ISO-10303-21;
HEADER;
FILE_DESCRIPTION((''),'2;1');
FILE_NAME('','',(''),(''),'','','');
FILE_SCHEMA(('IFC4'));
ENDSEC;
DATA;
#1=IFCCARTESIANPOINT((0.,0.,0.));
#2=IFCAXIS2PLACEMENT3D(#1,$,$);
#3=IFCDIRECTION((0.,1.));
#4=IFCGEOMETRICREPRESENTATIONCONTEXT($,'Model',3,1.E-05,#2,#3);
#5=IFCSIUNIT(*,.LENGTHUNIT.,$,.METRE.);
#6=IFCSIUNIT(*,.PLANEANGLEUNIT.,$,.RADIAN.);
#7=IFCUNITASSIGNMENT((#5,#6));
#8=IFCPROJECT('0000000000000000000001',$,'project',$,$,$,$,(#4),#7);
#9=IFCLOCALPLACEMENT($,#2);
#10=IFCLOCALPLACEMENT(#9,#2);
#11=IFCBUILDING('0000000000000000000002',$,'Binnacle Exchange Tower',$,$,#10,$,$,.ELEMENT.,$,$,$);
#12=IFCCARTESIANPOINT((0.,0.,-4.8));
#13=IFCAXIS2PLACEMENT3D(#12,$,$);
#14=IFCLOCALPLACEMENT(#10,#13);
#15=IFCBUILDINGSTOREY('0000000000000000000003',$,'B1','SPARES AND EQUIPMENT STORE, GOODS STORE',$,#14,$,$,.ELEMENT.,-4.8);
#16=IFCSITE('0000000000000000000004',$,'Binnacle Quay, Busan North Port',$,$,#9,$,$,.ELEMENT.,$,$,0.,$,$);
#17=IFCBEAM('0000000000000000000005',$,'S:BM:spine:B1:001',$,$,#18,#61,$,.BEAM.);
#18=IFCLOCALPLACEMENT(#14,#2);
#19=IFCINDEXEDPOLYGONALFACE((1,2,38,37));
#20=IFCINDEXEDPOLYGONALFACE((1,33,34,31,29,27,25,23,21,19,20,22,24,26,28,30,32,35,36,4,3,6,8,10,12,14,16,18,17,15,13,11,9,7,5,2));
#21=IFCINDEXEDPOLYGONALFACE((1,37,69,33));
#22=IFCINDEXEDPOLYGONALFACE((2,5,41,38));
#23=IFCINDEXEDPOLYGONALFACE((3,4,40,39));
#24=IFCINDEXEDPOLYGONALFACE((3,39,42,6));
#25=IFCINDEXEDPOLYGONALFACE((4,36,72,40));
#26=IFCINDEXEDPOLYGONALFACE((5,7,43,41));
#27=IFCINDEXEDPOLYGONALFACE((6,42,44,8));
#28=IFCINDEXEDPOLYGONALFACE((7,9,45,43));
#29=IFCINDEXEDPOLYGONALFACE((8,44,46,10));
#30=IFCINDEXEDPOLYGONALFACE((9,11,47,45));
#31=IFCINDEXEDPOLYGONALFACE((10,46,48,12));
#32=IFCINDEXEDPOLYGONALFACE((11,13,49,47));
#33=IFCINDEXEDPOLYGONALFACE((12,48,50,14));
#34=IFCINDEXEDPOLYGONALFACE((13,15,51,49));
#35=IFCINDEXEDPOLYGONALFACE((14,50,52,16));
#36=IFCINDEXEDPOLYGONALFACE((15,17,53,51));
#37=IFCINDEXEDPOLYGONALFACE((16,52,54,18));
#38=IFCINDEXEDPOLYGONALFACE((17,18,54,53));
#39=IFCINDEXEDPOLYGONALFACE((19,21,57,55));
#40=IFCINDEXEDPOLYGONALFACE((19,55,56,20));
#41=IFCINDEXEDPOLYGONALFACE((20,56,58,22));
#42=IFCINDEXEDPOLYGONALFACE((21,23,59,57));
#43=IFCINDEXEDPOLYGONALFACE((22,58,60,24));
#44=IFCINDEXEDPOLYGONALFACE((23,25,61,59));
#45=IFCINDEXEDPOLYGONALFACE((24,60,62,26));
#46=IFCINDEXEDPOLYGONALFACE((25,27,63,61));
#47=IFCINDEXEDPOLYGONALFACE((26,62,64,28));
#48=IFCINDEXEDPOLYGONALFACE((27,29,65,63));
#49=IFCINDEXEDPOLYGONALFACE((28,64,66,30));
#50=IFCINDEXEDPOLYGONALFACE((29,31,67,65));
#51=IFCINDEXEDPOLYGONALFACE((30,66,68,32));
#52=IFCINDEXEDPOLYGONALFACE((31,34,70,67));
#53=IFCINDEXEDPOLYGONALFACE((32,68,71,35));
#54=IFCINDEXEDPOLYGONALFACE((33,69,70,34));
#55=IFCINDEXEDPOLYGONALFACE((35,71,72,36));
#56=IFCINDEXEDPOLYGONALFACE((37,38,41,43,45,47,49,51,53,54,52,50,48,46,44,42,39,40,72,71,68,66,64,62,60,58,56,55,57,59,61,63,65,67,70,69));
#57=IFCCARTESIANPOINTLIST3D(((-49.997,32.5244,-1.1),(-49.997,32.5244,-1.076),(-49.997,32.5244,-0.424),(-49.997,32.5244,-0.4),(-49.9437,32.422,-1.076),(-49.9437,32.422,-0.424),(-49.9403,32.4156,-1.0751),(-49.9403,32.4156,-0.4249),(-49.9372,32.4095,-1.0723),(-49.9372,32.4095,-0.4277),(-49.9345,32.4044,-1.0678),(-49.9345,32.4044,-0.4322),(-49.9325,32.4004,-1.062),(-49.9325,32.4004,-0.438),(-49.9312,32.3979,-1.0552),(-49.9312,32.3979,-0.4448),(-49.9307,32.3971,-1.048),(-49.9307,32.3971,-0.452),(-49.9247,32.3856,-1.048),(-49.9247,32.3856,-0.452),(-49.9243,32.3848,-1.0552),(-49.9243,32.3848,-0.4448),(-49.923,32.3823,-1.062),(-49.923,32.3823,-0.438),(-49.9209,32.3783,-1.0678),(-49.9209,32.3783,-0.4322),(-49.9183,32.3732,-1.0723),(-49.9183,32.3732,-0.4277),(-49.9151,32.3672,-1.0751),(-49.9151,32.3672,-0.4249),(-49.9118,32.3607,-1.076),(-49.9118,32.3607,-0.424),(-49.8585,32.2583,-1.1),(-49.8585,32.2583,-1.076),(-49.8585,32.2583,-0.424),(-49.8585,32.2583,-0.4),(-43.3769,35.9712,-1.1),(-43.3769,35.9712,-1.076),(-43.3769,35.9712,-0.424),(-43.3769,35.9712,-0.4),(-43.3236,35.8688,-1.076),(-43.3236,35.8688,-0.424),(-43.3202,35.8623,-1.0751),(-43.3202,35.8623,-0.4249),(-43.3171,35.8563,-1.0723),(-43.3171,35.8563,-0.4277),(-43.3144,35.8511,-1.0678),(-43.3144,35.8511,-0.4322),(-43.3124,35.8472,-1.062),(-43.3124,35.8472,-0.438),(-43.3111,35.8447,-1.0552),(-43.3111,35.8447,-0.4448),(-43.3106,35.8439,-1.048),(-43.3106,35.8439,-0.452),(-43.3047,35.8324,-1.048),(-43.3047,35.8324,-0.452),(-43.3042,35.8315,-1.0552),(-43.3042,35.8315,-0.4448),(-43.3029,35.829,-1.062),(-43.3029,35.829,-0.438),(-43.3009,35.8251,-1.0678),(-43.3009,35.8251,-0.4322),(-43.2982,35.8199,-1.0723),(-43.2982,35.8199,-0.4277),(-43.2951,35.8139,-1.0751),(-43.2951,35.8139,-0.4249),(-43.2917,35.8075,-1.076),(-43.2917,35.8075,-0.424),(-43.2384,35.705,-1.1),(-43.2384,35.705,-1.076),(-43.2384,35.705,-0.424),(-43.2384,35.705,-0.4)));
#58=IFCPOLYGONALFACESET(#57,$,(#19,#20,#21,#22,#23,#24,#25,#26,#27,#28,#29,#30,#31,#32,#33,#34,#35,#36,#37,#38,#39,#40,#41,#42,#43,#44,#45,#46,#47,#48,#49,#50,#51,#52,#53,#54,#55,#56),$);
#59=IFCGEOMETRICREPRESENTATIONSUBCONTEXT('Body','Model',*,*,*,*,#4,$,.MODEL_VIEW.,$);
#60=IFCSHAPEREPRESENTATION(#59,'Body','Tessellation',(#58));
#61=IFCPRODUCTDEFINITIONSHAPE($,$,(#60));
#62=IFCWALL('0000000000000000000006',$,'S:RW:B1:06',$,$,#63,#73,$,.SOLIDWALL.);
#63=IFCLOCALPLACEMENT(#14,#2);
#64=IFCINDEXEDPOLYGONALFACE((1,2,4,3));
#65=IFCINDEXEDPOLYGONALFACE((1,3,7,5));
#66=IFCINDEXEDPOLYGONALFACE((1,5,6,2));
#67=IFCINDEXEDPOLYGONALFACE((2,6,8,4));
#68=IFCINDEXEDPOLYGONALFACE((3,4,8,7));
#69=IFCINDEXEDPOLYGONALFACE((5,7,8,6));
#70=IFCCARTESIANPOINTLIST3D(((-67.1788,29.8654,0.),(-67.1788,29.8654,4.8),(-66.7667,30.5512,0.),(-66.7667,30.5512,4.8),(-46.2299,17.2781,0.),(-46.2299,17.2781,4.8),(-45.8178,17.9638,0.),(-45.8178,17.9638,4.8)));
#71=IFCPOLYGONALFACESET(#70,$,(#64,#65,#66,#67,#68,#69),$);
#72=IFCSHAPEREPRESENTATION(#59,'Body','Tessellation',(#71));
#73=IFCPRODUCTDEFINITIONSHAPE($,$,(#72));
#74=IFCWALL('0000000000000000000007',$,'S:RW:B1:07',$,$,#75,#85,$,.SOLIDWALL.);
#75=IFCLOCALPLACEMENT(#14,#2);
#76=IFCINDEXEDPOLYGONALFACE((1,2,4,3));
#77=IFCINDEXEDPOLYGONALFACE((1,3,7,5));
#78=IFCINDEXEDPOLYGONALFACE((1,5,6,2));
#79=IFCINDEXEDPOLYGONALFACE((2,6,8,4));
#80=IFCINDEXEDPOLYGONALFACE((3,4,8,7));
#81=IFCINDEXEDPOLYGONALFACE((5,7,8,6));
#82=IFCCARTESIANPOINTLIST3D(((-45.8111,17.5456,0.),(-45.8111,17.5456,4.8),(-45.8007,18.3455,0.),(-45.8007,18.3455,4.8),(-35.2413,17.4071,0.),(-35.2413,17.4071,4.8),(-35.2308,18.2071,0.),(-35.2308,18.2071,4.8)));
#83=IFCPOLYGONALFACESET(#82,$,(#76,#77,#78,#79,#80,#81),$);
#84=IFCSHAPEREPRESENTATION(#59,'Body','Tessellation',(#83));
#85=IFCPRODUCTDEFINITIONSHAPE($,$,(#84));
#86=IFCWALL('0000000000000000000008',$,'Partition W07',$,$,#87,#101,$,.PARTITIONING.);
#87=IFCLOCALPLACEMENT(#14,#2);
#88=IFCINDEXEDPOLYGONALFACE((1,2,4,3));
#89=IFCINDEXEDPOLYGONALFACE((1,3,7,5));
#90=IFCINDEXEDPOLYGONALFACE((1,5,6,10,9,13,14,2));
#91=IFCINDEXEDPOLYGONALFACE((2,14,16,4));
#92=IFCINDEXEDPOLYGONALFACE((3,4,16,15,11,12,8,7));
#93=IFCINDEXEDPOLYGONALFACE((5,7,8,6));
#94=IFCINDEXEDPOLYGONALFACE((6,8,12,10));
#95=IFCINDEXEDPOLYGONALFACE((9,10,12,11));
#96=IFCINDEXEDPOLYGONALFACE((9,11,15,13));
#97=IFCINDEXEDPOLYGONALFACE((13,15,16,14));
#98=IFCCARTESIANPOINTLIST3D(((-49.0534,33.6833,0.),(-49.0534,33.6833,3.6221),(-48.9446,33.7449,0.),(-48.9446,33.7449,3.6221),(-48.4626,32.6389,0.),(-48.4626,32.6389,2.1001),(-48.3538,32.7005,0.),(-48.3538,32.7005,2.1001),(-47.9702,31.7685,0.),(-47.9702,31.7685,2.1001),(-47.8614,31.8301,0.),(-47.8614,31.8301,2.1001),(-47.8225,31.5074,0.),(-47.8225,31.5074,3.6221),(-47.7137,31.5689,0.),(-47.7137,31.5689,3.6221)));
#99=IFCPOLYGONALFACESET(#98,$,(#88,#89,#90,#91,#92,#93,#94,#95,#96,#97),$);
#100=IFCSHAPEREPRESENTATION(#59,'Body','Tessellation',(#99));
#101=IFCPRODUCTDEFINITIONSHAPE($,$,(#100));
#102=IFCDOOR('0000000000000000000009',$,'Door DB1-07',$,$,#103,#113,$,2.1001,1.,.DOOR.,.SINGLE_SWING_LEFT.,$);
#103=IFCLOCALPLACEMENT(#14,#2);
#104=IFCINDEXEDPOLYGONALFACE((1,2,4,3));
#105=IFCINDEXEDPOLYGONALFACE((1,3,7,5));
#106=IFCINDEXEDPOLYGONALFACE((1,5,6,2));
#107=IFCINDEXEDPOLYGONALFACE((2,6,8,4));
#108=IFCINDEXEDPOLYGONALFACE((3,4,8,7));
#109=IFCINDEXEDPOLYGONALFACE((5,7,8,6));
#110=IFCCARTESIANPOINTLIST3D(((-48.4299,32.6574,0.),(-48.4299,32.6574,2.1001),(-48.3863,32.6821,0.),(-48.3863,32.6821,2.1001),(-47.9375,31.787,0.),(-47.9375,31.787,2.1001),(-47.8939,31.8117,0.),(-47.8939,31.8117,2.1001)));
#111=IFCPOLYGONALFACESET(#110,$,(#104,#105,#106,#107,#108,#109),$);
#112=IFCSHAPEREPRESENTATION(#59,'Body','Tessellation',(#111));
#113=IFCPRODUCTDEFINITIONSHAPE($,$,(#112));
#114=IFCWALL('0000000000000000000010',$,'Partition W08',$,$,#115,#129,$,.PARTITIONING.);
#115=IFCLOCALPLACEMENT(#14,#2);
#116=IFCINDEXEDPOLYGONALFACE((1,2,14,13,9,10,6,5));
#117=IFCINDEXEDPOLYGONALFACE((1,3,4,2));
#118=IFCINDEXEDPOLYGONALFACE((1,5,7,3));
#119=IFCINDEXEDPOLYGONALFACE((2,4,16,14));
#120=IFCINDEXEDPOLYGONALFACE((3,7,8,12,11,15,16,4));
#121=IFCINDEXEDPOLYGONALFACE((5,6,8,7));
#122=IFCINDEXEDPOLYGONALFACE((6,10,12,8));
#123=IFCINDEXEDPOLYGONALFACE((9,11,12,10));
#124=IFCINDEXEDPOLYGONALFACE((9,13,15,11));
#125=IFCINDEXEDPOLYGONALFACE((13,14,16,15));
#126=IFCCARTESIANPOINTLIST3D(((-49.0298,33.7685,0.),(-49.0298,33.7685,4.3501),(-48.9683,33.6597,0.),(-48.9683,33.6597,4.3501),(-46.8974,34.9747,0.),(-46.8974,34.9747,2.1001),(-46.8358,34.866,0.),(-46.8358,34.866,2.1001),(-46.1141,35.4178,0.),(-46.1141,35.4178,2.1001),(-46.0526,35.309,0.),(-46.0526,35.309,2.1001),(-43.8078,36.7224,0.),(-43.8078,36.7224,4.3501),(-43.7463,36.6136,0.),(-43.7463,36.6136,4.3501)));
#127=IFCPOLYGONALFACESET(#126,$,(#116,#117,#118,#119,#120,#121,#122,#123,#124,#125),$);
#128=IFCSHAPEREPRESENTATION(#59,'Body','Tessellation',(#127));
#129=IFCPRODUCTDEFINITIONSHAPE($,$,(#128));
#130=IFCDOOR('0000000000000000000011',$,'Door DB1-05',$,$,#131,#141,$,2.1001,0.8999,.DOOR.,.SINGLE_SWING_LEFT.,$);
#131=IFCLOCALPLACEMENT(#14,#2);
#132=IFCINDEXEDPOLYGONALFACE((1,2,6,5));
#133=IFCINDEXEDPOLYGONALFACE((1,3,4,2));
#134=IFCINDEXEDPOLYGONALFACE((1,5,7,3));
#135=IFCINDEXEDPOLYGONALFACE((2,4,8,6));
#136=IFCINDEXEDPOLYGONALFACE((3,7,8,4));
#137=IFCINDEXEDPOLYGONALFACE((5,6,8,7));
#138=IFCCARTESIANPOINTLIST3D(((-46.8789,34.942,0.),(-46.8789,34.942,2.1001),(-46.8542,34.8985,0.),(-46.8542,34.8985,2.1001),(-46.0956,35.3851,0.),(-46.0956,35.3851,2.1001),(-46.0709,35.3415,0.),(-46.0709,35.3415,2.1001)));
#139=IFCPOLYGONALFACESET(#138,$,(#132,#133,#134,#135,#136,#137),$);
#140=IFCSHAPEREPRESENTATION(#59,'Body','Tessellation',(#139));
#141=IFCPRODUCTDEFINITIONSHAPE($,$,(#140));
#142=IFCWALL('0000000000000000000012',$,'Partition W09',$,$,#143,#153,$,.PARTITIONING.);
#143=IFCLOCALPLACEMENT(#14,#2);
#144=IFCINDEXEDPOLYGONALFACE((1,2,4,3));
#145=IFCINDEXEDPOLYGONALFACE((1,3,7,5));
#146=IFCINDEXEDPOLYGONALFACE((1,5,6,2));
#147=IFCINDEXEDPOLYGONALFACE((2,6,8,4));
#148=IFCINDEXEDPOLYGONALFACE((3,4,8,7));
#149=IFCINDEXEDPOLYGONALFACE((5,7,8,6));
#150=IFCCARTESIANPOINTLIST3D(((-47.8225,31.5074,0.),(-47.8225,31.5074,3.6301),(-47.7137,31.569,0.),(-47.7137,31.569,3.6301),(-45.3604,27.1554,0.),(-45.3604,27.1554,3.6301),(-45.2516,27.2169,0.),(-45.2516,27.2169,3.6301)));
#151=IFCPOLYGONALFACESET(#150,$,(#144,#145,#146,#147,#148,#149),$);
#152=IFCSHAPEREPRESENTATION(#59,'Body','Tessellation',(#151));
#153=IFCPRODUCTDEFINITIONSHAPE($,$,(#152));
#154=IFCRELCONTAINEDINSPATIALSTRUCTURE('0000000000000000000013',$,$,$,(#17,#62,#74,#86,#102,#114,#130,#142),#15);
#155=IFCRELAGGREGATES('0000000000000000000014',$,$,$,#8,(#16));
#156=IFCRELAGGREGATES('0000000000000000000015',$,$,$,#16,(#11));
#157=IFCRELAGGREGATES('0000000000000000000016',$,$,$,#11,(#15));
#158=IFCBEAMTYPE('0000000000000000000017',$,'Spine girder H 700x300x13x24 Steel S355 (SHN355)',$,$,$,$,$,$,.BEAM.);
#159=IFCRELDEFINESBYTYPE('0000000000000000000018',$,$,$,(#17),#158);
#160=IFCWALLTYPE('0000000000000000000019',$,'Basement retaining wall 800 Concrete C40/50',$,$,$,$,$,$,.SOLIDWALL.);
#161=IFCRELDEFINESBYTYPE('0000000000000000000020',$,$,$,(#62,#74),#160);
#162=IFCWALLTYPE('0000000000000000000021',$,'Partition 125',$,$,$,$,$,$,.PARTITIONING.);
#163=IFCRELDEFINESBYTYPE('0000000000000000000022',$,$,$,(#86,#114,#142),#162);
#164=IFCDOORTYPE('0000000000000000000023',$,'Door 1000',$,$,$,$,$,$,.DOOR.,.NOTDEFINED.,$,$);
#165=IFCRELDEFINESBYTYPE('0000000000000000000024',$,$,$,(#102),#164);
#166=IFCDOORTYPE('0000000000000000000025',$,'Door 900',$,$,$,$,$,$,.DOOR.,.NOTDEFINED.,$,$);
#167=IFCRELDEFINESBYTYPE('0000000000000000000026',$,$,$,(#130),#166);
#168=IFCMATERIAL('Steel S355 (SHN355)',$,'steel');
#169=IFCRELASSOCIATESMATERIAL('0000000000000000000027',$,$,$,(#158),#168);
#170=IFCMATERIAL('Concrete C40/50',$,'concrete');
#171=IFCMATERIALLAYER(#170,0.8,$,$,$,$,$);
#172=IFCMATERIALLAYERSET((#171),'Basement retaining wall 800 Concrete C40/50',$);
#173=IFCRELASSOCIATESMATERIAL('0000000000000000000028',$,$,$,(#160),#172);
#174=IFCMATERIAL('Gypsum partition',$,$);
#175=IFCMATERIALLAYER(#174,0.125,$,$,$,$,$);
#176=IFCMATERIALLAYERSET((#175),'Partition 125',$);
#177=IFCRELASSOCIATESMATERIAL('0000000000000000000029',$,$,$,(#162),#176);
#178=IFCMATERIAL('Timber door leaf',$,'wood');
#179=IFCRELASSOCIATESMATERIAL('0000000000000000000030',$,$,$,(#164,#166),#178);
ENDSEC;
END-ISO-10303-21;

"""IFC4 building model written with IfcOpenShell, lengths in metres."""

from ifc_helpers import new_model, si_unit, direction, frame, frame_2d, origin, origin_2d, place, context, subcontext, project, spatial, rectangle, i_section, extrude, material, layer, layer_set, material_profile, profile_set, type_object, element, fill, save


model = new_model("IFC4")

# Units and contexts
model_context = context("Model", 3, precision=1e-05, world=origin(), true_north=direction((0.0, 1.0)))
body_context = subcontext(model_context, "Body", "Model", "MODEL_VIEW")
ifc_project = project(units=[si_unit("LENGTHUNIT", "METRE"), si_unit("PLANEANGLEUNIT", "RADIAN")], contexts=[model_context])

# Site, building, storey
site_placement = place(None, origin())
site = spatial("IfcSite", under=ifc_project, at=site_placement, Name="Binnacle Quay, Busan North Port", CompositionType="ELEMENT", RefElevation=0.0)
building_placement = place(site_placement, origin())
building = spatial("IfcBuilding", under=site, at=building_placement, Name="Binnacle Exchange Tower", CompositionType="ELEMENT")
storey_placement = place(building_placement, frame((0.0, 0.0, -4.8)))
storey = spatial("IfcBuildingStorey", under=building, at=storey_placement, Name="B1", Description="SPARES AND EQUIPMENT STORE, GOODS STORE", CompositionType="ELEMENT", Elevation=-4.8)

# Beam
ifc_material_1 = material(Name="Steel S355 (SHN355)", Category="steel")
ifc_material_profile_1 = material_profile(ifc_material_1, i_section(OverallWidth=0.3, OverallDepth=0.7, WebThickness=0.0129, FlangeThickness=0.0239, FilletRadius=0.0281, at=origin_2d()), Name="H 700x300x13x24")
ifc_profile_set_1 = profile_set([ifc_material_profile_1], Name="Steel S355 (SHN355)")
beam_type_1 = type_object("IfcBeamType", Name="Spine girder H 700x300x13x24 Steel S355 (SHN355)", PredefinedType="BEAM", material=ifc_profile_set_1)
beam_1_placement = place(storey_placement, frame((-49.9277, 32.3914, -0.75), z_axis=(0.88698, 0.461808, 0.0), x_axis=(-0.461808, 0.88698, 0.0)))
element("IfcBeam", 1, at=beam_1_placement, inside=storey, type_object=beam_type_1, Name="S:BM:spine:B1:001", PredefinedType="BEAM", context=body_context, shape_type="SweptSolid", body=[
    extrude(i_section(OverallWidth=0.3, OverallDepth=0.7, WebThickness=0.0129, FlangeThickness=0.0239, FilletRadius=0.0281, at=origin_2d()), origin(), (0.0, 0.0, 1.0), 7.4636),
])

# Walls
ifc_material_2 = material(Name="Concrete C40/50", Category="concrete")
ifc_layer_1 = layer(ifc_material_2, 0.8)
ifc_layer_set_1 = layer_set([ifc_layer_1], Name="Basement retaining wall 800 Concrete C40/50")
wall_type_1 = type_object("IfcWallType", Name="Basement retaining wall 800 Concrete C40/50", PredefinedType="SOLIDWALL", material=ifc_layer_set_1)
wall_1_placement = place(storey_placement, frame((-66.9727, 30.2083, 0.0), z_axis=(0.0, 0.0, 1.0), x_axis=(0.857168, -0.515038, 0.0)))
element("IfcWall", 2, at=wall_1_placement, inside=storey, type_object=wall_type_1, Name="S:RW:B1:06", PredefinedType="SOLIDWALL", context=body_context, shape_type="SweptSolid", body=[
    extrude(rectangle(XDim=24.4397, YDim=0.8, at=frame_2d((12.2197, 0.0))), origin(), (0.0, 0.0, 1.0), 4.8),
])
wall_2_placement = place(storey_placement, frame((-45.8059, 17.9456, 0.0), z_axis=(0.0, 0.0, 1.0), x_axis=(0.999914, -0.013095, 0.0)))
element("IfcWall", 3, at=wall_2_placement, inside=storey, type_object=wall_type_1, Name="S:RW:B1:07", PredefinedType="SOLIDWALL", context=body_context, shape_type="SweptSolid", body=[
    extrude(rectangle(XDim=10.5708, YDim=0.8, at=frame_2d((5.2854, 0.0))), origin(), (0.0, 0.0, 1.0), 4.8),
])

# Walls, openings, doors
ifc_material_3 = material(Name="Gypsum partition")
ifc_layer_2 = layer(ifc_material_3, 0.125)
ifc_layer_set_2 = layer_set([ifc_layer_2], Name="Partition 125")
wall_type_2 = type_object("IfcWallType", Name="Partition 125", PredefinedType="PARTITIONING", material=ifc_layer_set_2)
wall_3_placement = place(storey_placement, frame((-48.999, 33.7141, 0.0), z_axis=(0.0, 0.0, 1.0), x_axis=(0.492369, -0.870386, 0.0)))
wall_3 = element("IfcWall", 4, at=wall_3_placement, inside=storey, type_object=wall_type_2, Name="Partition W07", PredefinedType="PARTITIONING", context=body_context, shape_type="SweptSolid", body=[
    extrude(rectangle(XDim=2.5, YDim=0.125, at=frame_2d((1.25, 0.0))), origin(), (0.0, 0.0, 1.0), 3.6221),
])
opening_1_placement = place(wall_3_placement, frame((1.2, 0.0, 0.0)))
opening_1 = element("IfcOpeningElement", 5, at=opening_1_placement, cuts=wall_3, PredefinedType="OPENING", context=body_context, shape_type="SweptSolid", body=[
    extrude(rectangle(XDim=1.0, YDim=2.1001, at=frame_2d((0.5, 1.05))), frame((0.0, 0.0725, 0.0), z_axis=(0.0, -1.0, 0.0), x_axis=(1.0, 0.0, 0.0)), (0.0, 0.0, 1.0), 0.145),
])
ifc_material_4 = material(Name="Timber door leaf", Category="wood")
door_type_1 = type_object("IfcDoorType", Name="Door 1000", OperationType="NOTDEFINED", PredefinedType="DOOR", material=ifc_material_4)
door_1_placement = place(opening_1_placement, frame((1.0, 0.0, 0.0), z_axis=(0.0, 0.0, 1.0), x_axis=(-1.0, 0.0, 0.0)))
door_1 = element("IfcDoor", 6, at=door_1_placement, inside=storey, type_object=door_type_1, Name="Door DB1-07", OperationType="SINGLE_SWING_LEFT", OverallHeight=2.1001, OverallWidth=1.0, PredefinedType="DOOR", context=body_context, shape_type="SweptSolid", body=[
    extrude(rectangle(XDim=1.0, YDim=2.1001, at=frame_2d((0.5, 1.05))), frame((0.0, 0.0249, 0.0), z_axis=(0.0, -1.0, 0.0), x_axis=(1.0, 0.0, 0.0)), (0.0, 0.0, 1.0), 0.05),
])
fill(opening_1, door_1)
wall_4_placement = place(storey_placement, frame((-48.999, 33.7141, 0.0), z_axis=(0.0, 0.0, 1.0), x_axis=(0.870396, 0.492352, 0.0)))
wall_4 = element("IfcWall", 7, at=wall_4_placement, inside=storey, type_object=wall_type_2, Name="Partition W08", PredefinedType="PARTITIONING", context=body_context, shape_type="SweptSolid", body=[
    extrude(rectangle(XDim=5.9995, YDim=0.125, at=frame_2d((2.9998, 0.0))), origin(), (0.0, 0.0, 1.0), 4.3501),
])
opening_2_placement = place(wall_4_placement, frame((2.45, 0.0, 0.0)))
opening_2 = element("IfcOpeningElement", 8, at=opening_2_placement, cuts=wall_4, PredefinedType="OPENING", context=body_context, shape_type="SweptSolid", body=[
    extrude(rectangle(XDim=0.8999, YDim=2.1001, at=frame_2d((0.45, 1.05))), frame((0.0, 0.0725, 0.0), z_axis=(0.0, -1.0, 0.0), x_axis=(1.0, 0.0, 0.0)), (0.0, 0.0, 1.0), 0.145),
])
door_type_2 = type_object("IfcDoorType", Name="Door 900", OperationType="NOTDEFINED", PredefinedType="DOOR", material=ifc_material_4)
door_2_placement = place(opening_2_placement, origin())
door_2 = element("IfcDoor", 9, at=door_2_placement, inside=storey, type_object=door_type_2, Name="Door DB1-05", OperationType="SINGLE_SWING_LEFT", OverallHeight=2.1001, OverallWidth=0.8999, PredefinedType="DOOR", context=body_context, shape_type="SweptSolid", body=[
    extrude(rectangle(XDim=0.8999, YDim=2.1001, at=frame_2d((0.45, 1.05))), frame((0.0, 0.0249, 0.0), z_axis=(0.0, -1.0, 0.0), x_axis=(1.0, 0.0, 0.0)), (0.0, 0.0, 1.0), 0.05),
])
fill(opening_2, door_2)

# Wall
wall_5_placement = place(storey_placement, frame((-47.7681, 31.5381, 0.0), z_axis=(0.0, 0.0, 1.0), x_axis=(0.492406, -0.870365, 0.0)))
element("IfcWall", 10, at=wall_5_placement, inside=storey, type_object=wall_type_2, Name="Partition W09", PredefinedType="PARTITIONING", context=body_context, shape_type="SweptSolid", body=[
    extrude(rectangle(XDim=5.0002, YDim=0.125, at=frame_2d((2.5, 0.0))), origin(), (0.0, 0.0, 1.0), 3.6301),
])

save(model, "model.ifc")
